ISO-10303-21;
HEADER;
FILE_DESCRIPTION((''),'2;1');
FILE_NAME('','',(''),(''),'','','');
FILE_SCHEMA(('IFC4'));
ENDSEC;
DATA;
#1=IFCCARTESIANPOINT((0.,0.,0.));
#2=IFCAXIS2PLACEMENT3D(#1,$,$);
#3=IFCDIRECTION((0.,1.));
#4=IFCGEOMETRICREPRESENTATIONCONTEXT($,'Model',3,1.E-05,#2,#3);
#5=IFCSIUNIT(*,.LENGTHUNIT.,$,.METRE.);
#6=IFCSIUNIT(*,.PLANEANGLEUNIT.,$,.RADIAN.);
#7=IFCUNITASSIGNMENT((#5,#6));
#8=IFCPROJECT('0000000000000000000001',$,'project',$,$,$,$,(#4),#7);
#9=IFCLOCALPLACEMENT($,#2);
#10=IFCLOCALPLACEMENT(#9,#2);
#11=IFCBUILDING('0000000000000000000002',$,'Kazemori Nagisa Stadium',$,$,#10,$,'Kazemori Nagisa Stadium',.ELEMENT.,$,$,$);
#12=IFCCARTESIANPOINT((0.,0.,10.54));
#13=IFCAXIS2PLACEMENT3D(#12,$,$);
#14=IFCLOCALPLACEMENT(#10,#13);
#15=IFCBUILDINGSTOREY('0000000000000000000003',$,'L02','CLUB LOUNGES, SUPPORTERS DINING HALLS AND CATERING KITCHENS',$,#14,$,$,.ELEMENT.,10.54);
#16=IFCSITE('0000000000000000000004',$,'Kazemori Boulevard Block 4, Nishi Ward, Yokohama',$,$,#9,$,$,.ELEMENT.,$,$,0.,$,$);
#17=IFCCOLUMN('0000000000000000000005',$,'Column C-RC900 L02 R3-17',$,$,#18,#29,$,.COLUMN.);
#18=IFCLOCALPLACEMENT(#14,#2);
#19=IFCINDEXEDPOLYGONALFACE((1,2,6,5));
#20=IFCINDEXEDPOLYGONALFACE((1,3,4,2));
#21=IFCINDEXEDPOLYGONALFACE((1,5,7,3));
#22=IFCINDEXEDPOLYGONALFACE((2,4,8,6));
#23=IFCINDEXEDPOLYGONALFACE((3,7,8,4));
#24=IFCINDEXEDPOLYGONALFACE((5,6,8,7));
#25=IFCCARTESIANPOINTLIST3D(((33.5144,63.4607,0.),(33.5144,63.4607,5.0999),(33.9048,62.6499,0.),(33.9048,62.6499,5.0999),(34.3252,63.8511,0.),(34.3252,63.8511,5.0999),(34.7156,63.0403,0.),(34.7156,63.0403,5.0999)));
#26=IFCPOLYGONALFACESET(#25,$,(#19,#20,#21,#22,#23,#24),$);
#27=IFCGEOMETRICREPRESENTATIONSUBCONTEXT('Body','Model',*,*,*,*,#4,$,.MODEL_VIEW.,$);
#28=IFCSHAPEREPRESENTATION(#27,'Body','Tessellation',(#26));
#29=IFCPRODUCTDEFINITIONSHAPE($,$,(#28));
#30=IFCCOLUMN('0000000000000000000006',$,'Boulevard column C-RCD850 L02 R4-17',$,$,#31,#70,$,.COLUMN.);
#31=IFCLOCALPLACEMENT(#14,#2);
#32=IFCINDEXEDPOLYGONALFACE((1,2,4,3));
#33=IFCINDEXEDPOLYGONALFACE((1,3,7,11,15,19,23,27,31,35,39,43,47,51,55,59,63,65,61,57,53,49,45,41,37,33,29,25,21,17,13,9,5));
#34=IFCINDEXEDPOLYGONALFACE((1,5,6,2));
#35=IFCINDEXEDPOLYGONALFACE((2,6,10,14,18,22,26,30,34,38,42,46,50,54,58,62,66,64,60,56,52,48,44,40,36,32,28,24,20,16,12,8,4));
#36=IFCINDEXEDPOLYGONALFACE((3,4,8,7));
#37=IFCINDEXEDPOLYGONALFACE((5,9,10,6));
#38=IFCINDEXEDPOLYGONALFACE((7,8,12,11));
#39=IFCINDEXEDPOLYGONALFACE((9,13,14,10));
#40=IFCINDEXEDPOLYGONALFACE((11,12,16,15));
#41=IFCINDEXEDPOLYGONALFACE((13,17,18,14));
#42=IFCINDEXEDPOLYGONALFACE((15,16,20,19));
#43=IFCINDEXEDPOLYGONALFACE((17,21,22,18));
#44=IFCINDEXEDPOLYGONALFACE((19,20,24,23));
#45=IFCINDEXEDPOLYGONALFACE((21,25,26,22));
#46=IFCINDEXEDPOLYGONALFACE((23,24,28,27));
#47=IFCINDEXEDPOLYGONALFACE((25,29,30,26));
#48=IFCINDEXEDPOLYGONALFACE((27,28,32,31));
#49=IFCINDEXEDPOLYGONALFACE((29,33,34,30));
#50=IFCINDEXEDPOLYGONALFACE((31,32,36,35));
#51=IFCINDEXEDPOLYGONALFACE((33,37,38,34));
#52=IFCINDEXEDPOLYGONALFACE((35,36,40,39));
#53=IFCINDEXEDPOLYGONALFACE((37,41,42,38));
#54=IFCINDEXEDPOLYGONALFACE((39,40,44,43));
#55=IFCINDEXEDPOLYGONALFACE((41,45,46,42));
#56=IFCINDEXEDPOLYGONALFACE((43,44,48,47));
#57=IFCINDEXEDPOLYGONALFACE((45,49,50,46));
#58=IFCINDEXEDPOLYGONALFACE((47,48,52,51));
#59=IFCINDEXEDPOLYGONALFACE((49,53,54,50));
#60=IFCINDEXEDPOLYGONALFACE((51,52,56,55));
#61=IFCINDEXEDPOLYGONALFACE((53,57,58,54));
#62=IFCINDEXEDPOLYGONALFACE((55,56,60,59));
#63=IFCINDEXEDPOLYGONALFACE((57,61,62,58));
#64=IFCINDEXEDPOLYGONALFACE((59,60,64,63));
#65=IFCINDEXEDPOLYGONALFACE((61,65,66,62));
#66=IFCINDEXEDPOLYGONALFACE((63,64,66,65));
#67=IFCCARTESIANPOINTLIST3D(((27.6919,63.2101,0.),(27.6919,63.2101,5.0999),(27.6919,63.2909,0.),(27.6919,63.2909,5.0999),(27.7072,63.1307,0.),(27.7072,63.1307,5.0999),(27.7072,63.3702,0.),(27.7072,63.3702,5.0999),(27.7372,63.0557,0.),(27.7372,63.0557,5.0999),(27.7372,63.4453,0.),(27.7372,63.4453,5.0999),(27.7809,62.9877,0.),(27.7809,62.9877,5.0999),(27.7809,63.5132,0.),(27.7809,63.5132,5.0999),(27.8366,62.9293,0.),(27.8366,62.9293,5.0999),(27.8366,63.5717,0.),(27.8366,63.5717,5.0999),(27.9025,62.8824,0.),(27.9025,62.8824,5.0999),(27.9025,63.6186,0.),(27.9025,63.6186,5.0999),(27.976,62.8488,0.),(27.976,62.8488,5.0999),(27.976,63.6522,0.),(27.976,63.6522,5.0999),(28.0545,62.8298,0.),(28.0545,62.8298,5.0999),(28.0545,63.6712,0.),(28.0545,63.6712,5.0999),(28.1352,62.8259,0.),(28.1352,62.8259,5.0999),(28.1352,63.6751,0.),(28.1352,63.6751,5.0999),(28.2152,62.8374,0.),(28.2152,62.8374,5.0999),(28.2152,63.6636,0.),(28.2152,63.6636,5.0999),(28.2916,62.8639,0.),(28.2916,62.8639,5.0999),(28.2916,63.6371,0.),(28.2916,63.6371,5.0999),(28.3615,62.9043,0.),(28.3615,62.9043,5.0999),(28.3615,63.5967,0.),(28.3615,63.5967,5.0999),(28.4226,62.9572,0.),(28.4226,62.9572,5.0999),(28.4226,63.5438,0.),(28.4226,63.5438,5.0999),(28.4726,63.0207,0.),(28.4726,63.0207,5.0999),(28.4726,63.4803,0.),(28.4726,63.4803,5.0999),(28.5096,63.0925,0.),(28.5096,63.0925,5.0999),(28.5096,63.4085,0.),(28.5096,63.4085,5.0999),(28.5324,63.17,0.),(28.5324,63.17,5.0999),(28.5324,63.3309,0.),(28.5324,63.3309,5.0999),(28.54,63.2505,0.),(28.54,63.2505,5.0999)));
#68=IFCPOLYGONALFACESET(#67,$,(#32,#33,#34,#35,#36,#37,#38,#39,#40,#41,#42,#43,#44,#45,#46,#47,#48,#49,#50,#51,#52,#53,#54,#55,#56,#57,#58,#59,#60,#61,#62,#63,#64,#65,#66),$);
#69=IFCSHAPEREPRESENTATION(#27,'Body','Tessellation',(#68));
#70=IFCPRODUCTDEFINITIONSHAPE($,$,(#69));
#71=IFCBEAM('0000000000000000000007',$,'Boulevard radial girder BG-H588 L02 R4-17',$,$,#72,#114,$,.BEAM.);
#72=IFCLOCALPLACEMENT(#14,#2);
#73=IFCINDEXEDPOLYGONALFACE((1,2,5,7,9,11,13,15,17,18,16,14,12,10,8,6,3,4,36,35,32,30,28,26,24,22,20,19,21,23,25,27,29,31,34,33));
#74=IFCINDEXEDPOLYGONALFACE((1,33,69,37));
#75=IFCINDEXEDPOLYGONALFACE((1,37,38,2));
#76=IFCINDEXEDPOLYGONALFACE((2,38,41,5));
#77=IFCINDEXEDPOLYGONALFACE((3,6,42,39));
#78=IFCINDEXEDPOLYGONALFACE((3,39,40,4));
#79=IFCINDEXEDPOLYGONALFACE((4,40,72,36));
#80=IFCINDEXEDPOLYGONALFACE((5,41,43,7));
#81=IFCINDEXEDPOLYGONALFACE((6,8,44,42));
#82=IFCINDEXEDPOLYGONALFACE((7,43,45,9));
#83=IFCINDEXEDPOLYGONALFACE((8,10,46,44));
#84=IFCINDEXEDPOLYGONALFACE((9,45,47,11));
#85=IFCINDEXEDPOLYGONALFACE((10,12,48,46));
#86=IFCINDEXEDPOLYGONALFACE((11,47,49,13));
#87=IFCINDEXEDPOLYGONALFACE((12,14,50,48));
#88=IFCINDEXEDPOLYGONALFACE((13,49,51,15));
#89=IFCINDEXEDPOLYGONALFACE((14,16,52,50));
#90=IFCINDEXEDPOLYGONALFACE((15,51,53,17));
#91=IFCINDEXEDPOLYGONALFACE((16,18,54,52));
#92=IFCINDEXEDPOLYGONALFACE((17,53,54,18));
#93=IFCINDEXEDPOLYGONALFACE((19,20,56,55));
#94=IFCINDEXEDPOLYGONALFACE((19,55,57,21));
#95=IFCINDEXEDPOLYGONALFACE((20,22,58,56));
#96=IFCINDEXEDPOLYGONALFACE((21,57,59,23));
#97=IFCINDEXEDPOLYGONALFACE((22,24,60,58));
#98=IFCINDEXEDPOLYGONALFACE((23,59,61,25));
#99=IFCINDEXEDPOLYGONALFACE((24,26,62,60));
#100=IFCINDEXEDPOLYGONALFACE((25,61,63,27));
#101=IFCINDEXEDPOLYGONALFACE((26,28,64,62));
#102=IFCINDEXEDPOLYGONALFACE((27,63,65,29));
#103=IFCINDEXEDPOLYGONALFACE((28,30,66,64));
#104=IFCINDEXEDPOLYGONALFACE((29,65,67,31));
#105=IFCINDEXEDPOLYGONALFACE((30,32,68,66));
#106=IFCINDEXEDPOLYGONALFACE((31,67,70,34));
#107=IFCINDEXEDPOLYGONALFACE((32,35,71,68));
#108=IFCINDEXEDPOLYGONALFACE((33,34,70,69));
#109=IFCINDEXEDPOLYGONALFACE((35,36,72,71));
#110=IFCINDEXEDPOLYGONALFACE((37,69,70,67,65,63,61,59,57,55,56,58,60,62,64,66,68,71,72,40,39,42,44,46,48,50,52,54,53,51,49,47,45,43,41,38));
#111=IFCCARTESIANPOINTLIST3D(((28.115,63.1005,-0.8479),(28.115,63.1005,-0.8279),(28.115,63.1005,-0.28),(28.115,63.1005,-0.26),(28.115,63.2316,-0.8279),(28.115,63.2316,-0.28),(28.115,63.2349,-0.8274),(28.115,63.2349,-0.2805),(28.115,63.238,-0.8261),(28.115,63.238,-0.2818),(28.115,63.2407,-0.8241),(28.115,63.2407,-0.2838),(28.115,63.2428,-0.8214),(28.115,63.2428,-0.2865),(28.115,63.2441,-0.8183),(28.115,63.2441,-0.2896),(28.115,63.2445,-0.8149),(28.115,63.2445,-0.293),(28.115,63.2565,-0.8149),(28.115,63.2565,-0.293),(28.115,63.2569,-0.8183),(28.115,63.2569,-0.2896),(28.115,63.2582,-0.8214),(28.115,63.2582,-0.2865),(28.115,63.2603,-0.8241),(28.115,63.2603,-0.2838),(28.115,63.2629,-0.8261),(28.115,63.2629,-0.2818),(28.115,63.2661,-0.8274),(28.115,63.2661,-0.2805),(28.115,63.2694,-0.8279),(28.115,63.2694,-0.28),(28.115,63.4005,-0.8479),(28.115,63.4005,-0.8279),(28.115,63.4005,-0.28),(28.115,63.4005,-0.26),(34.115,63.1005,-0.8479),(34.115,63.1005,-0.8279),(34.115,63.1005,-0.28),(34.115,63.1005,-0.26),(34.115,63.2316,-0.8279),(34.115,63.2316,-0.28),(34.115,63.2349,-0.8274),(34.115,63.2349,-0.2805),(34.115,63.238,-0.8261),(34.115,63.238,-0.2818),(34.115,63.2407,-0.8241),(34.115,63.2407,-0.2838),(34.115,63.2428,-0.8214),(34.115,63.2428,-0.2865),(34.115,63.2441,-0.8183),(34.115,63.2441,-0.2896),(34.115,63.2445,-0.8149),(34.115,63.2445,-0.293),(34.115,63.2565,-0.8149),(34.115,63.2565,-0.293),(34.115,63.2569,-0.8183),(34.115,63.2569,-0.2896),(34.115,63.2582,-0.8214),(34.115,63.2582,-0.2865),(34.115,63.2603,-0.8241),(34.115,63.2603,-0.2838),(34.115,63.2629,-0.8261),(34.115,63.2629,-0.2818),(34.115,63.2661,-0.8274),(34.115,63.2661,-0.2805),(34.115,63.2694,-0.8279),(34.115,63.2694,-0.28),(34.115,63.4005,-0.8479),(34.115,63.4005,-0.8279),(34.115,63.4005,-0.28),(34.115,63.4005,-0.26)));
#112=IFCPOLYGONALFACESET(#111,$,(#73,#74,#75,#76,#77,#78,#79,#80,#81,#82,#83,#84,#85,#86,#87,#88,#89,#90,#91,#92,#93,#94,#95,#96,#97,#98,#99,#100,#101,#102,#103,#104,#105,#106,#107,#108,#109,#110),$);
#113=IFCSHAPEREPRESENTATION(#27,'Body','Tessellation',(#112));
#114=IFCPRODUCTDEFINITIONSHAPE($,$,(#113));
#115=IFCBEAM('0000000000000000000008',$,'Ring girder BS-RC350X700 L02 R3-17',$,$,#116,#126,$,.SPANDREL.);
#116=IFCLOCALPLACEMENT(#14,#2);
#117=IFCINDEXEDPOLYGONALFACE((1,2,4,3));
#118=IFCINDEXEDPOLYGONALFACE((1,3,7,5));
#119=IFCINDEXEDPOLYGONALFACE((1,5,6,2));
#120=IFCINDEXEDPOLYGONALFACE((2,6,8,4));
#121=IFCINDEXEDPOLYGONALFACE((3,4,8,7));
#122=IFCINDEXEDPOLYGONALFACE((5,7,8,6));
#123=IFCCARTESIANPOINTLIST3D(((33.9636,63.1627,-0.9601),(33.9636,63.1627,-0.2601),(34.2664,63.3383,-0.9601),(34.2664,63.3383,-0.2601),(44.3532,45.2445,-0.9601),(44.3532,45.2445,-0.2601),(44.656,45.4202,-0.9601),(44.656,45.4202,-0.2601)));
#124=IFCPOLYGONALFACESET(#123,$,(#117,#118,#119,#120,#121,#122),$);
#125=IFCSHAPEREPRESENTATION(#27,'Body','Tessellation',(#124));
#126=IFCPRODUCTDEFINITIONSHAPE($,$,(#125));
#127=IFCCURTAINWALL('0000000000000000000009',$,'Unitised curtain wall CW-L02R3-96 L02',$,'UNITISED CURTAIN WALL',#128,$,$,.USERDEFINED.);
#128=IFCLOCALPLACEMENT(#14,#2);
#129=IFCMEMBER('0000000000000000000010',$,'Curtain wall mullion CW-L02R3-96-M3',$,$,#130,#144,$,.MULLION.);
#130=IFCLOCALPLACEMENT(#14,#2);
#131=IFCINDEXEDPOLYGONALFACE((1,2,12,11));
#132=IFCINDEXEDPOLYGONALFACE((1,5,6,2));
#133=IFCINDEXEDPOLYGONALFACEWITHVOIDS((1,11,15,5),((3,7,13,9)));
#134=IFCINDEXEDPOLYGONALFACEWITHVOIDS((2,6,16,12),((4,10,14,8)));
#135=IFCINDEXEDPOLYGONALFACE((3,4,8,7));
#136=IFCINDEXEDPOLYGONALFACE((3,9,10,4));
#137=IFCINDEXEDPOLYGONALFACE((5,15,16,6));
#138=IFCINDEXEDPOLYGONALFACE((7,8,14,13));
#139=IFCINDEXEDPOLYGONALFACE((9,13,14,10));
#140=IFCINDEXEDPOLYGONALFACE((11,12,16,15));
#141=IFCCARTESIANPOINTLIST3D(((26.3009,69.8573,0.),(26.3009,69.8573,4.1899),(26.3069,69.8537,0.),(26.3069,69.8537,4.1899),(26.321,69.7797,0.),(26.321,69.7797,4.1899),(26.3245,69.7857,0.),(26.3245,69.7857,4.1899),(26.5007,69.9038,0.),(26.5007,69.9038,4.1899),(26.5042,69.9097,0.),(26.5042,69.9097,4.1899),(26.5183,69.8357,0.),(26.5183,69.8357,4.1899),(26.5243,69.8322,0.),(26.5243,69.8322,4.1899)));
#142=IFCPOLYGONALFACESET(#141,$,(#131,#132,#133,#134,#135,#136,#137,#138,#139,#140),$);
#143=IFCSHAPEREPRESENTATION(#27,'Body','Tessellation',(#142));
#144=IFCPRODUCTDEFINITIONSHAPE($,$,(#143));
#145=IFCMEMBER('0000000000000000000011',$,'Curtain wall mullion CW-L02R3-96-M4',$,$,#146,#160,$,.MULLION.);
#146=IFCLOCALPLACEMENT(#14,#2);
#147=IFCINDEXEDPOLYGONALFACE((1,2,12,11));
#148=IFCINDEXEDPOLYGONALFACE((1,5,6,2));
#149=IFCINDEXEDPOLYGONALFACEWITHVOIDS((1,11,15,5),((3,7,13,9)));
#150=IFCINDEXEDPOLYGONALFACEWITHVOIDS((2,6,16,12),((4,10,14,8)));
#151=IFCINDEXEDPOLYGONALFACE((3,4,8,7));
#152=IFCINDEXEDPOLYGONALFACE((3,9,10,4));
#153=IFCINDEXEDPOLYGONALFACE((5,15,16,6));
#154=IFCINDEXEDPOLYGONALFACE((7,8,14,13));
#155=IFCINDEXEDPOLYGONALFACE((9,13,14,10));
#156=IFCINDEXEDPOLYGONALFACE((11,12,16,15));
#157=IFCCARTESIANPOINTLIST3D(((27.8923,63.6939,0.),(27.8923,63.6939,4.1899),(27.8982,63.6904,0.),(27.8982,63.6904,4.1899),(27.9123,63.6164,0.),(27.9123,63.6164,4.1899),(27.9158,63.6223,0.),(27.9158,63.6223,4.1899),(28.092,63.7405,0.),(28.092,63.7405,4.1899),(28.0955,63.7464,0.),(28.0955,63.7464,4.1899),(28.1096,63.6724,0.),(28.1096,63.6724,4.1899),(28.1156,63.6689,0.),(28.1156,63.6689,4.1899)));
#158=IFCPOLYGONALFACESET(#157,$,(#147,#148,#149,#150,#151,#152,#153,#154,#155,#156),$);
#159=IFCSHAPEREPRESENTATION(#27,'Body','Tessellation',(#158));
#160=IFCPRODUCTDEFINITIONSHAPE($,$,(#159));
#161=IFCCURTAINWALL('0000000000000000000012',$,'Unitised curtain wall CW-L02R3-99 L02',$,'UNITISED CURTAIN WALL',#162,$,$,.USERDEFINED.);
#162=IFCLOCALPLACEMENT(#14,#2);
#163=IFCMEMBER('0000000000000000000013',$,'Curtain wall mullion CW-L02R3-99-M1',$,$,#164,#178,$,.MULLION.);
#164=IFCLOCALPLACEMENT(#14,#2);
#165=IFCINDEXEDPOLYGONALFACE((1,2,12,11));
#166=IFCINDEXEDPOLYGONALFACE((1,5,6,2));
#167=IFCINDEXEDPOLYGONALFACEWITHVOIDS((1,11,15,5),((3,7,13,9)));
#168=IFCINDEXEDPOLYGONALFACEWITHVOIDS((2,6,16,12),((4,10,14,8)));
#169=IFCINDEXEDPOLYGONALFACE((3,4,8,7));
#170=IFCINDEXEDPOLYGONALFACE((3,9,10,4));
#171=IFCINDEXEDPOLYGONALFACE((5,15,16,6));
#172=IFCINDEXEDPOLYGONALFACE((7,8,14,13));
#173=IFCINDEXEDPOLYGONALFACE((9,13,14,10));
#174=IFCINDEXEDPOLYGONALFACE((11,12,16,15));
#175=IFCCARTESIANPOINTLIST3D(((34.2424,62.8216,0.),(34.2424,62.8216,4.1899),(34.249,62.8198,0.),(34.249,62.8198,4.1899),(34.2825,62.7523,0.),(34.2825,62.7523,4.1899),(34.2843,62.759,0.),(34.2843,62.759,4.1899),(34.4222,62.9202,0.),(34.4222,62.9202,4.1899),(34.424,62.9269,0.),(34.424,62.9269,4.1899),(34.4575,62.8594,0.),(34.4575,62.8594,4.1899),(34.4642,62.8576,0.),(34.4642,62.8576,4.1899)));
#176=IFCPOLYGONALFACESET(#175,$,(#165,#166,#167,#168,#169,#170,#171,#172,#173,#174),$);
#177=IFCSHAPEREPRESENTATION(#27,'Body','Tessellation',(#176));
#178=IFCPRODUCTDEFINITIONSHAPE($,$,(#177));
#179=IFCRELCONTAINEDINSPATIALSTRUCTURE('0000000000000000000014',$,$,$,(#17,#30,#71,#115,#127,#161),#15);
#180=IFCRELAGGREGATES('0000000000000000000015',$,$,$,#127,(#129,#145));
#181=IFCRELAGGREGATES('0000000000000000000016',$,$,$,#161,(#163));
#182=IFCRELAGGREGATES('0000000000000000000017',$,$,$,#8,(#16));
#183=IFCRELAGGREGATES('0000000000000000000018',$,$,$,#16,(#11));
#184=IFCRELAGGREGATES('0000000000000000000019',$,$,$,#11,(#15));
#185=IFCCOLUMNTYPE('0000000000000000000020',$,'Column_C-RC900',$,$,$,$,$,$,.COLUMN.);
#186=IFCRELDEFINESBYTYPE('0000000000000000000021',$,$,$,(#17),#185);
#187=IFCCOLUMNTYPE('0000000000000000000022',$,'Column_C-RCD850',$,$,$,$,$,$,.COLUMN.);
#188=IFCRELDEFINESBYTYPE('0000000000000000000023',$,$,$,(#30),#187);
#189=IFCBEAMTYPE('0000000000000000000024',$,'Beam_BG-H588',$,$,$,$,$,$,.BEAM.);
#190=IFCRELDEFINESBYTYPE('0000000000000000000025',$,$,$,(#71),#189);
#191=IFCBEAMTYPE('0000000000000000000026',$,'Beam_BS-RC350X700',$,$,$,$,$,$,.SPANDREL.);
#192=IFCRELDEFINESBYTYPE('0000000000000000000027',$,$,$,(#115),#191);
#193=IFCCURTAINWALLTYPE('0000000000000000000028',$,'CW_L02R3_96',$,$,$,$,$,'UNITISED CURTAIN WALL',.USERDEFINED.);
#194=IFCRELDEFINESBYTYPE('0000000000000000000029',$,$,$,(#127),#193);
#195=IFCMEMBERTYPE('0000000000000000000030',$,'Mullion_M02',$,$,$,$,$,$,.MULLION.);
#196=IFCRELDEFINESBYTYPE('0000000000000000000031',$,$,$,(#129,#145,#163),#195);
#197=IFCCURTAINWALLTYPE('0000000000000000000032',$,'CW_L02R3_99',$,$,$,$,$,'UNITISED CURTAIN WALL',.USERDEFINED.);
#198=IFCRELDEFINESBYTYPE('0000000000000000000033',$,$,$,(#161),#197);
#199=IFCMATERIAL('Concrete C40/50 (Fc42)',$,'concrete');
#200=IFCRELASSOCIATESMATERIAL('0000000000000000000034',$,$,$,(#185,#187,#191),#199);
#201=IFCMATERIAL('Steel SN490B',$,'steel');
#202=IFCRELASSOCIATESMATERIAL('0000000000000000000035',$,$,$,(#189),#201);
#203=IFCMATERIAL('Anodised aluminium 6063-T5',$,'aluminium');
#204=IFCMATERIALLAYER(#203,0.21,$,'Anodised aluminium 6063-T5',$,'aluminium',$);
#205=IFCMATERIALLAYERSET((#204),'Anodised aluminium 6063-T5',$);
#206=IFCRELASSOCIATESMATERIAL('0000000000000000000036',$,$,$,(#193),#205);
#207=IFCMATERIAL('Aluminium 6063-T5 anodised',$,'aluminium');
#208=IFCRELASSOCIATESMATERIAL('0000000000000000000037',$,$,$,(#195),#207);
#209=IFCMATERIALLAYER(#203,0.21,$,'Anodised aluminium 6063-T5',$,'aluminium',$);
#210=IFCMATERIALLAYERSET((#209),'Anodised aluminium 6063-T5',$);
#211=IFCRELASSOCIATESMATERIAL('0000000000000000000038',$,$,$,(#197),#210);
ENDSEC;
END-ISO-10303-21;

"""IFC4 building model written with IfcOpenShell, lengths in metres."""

from ifc_helpers import new_model, si_unit, direction, frame, origin, origin_2d, place, context, subcontext, project, spatial, rectangle, hollow_rectangle, circle, i_section, extrude, material, layer, layer_set, material_profile, profile_set, type_object, element, aggregate, save


model = new_model("IFC4")

# Units and contexts
model_context = context("Model", 3, precision=1e-05, world=origin(), true_north=direction((0.0, 1.0)))
body_context = subcontext(model_context, "Body", "Model", "MODEL_VIEW")
ifc_project = project(units=[si_unit("LENGTHUNIT", "METRE"), si_unit("PLANEANGLEUNIT", "RADIAN")], contexts=[model_context])

# Site, building, storey
site_placement = place(None, origin())
site = spatial("IfcSite", under=ifc_project, at=site_placement, Name="Kazemori Boulevard Block 4, Nishi Ward, Yokohama", CompositionType="ELEMENT", RefElevation=0.0)
building_placement = place(site_placement, origin())
building = spatial("IfcBuilding", under=site, at=building_placement, Name="Kazemori Nagisa Stadium", LongName="Kazemori Nagisa Stadium", CompositionType="ELEMENT")
storey_placement = place(building_placement, frame((0.0, 0.0, 10.54)))
storey = spatial("IfcBuildingStorey", under=building, at=storey_placement, Name="L02", Description="CLUB LOUNGES, SUPPORTERS DINING HALLS AND CATERING KITCHENS", CompositionType="ELEMENT", Elevation=10.54)

# Columns
ifc_material_1 = material(Name="Concrete C40/50 (Fc42)", Category="concrete")
ifc_material_profile_1 = material_profile(ifc_material_1, rectangle(XDim=0.8999, YDim=0.8999, at=origin_2d()), Name="RC-COL-900x900")
ifc_profile_set_1 = profile_set([ifc_material_profile_1], Name="Concrete C40/50 (Fc42)")
column_type_1 = type_object("IfcColumnType", Name="Column_C-RC900", PredefinedType="COLUMN", material=ifc_profile_set_1)
column_1_placement = place(storey_placement, frame((34.115, 63.2505, 0.0), z_axis=(0.0, 0.0, 1.0), x_axis=(-0.900969, -0.433884, 0.0)))
element("IfcColumn", 1, at=column_1_placement, inside=storey, type_object=column_type_1, Name="Column C-RC900 L02 R3-17", PredefinedType="COLUMN", context=body_context, shape_type="SweptSolid", body=[
    extrude(rectangle(XDim=0.8999, YDim=0.8999, at=origin_2d()), origin(), (0.0, 0.0, 1.0), 5.0999),
])
ifc_material_profile_2 = material_profile(ifc_material_1, circle(Radius=0.425, at=origin_2d()), Name="RC-COL-D850")
ifc_profile_set_2 = profile_set([ifc_material_profile_2], Name="Concrete C40/50 (Fc42)")
column_type_2 = type_object("IfcColumnType", Name="Column_C-RCD850", PredefinedType="COLUMN", material=ifc_profile_set_2)
column_2_placement = place(storey_placement, frame((28.115, 63.2505, 0.0), z_axis=(0.0, 0.0, 1.0), x_axis=(1.0, 0.0, 0.0)))
element("IfcColumn", 2, at=column_2_placement, inside=storey, type_object=column_type_2, Name="Boulevard column C-RCD850 L02 R4-17", PredefinedType="COLUMN", context=body_context, shape_type="SweptSolid", body=[
    extrude(circle(Radius=0.425, at=origin_2d()), origin(), (0.0, 0.0, 1.0), 5.0999),
])

# Beams
ifc_material_2 = material(Name="Steel SN490B", Category="steel")
ifc_material_profile_3 = material_profile(ifc_material_2, i_section(OverallWidth=0.3, OverallDepth=0.5879, WebThickness=0.012, FlangeThickness=0.02, FilletRadius=0.0129, at=origin_2d()), Name="H-588x300x12x20")
ifc_profile_set_3 = profile_set([ifc_material_profile_3], Name="Steel SN490B")
beam_type_1 = type_object("IfcBeamType", Name="Beam_BG-H588", PredefinedType="BEAM", material=ifc_profile_set_3)
beam_1_placement = place(storey_placement, frame((34.115, 63.2505, -0.554), z_axis=(-1.0, 0.0, 0.0), x_axis=(0.0, -1.0, 0.0)))
element("IfcBeam", 3, at=beam_1_placement, inside=storey, type_object=beam_type_1, Name="Boulevard radial girder BG-H588 L02 R4-17", PredefinedType="BEAM", context=body_context, shape_type="SweptSolid", body=[
    extrude(i_section(OverallWidth=0.3, OverallDepth=0.5879, WebThickness=0.012, FlangeThickness=0.02, FilletRadius=0.0129, at=origin_2d()), origin(), (0.0, 0.0, 1.0), 6.0),
])
ifc_material_profile_4 = material_profile(ifc_material_1, rectangle(XDim=0.3501, YDim=0.7, at=origin_2d()), Name="RC-SP-350x700")
ifc_profile_set_4 = profile_set([ifc_material_profile_4], Name="Concrete C40/50 (Fc42)")
beam_type_2 = type_object("IfcBeamType", Name="Beam_BS-RC350X700", PredefinedType="SPANDREL", material=ifc_profile_set_4)
beam_2_placement = place(storey_placement, frame((34.115, 63.2505, -0.6101), z_axis=(0.501613, -0.865092, 0.0), x_axis=(0.865092, 0.501613, 0.0)))
element("IfcBeam", 4, at=beam_2_placement, inside=storey, type_object=beam_type_2, Name="Ring girder BS-RC350X700 L02 R3-17", PredefinedType="SPANDREL", context=body_context, shape_type="SweptSolid", body=[
    extrude(rectangle(XDim=0.3501, YDim=0.7, at=origin_2d()), origin(), (0.0, 0.0, 1.0), 20.7124),
])

# Curtain walls, members
ifc_material_3 = material(Name="Anodised aluminium 6063-T5", Category="aluminium")
ifc_layer_1 = layer(ifc_material_3, 0.21, Name="Anodised aluminium 6063-T5", Category="aluminium")
ifc_layer_set_1 = layer_set([ifc_layer_1], Name="Anodised aluminium 6063-T5")
curtain_wall_type_1 = type_object("IfcCurtainWallType", Name="CW_L02R3_96", ElementType="UNITISED CURTAIN WALL", PredefinedType="USERDEFINED", material=ifc_layer_set_1)
curtain_wall_1_placement = place(storey_placement, origin())
curtain_wall_1 = element("IfcCurtainWall", 5, at=curtain_wall_1_placement, inside=storey, type_object=curtain_wall_type_1, Name="Unitised curtain wall CW-L02R3-96 L02", ObjectType="UNITISED CURTAIN WALL", PredefinedType="USERDEFINED")
ifc_material_4 = material(Name="Aluminium 6063-T5 anodised", Category="aluminium")
ifc_material_profile_5 = material_profile(ifc_material_4, hollow_rectangle(XDim=0.0801, YDim=0.21, WallThickness=0.0049, at=origin_2d()), Name="ALU-MULL-80x210x5")
ifc_profile_set_5 = profile_set([ifc_material_profile_5], Name="Aluminium 6063-T5 anodised")
member_type_1 = type_object("IfcMemberType", Name="Mullion_M02", PredefinedType="MULLION", material=ifc_profile_set_5)
member_1_placement = place(storey_placement, frame((26.4126, 69.8447, 0.0), z_axis=(0.0, 0.0, 1.0), x_axis=(0.249965, -0.968255, 0.0)))
member_1 = element("IfcMember", 6, at=member_1_placement, type_object=member_type_1, Name="Curtain wall mullion CW-L02R3-96-M3", PredefinedType="MULLION", context=body_context, shape_type="SweptSolid", body=[
    extrude(hollow_rectangle(XDim=0.0801, YDim=0.21, WallThickness=0.0049, at=origin_2d()), origin(), (0.0, 0.0, 1.0), 4.1899),
])
member_2_placement = place(storey_placement, frame((28.0039, 63.6814, 0.0), z_axis=(0.0, 0.0, 1.0), x_axis=(0.249965, -0.968255, 0.0)))
member_2 = element("IfcMember", 7, at=member_2_placement, type_object=member_type_1, Name="Curtain wall mullion CW-L02R3-96-M4", PredefinedType="MULLION", context=body_context, shape_type="SweptSolid", body=[
    extrude(hollow_rectangle(XDim=0.0801, YDim=0.21, WallThickness=0.0049, at=origin_2d()), origin(), (0.0, 0.0, 1.0), 4.1899),
])
ifc_layer_2 = layer(ifc_material_3, 0.21, Name="Anodised aluminium 6063-T5", Category="aluminium")
ifc_layer_set_2 = layer_set([ifc_layer_2], Name="Anodised aluminium 6063-T5")
curtain_wall_type_2 = type_object("IfcCurtainWallType", Name="CW_L02R3_99", ElementType="UNITISED CURTAIN WALL", PredefinedType="USERDEFINED", material=ifc_layer_set_2)
curtain_wall_2_placement = place(storey_placement, origin())
curtain_wall_2 = element("IfcCurtainWall", 8, at=curtain_wall_2_placement, inside=storey, type_object=curtain_wall_type_2, Name="Unitised curtain wall CW-L02R3-99 L02", ObjectType="UNITISED CURTAIN WALL", PredefinedType="USERDEFINED")
member_3_placement = place(storey_placement, frame((34.3533, 62.8396, 0.0), z_axis=(0.0, 0.0, 1.0), x_axis=(0.501612, -0.865093, 0.0)))
member_3 = element("IfcMember", 9, at=member_3_placement, type_object=member_type_1, Name="Curtain wall mullion CW-L02R3-99-M1", PredefinedType="MULLION", context=body_context, shape_type="SweptSolid", body=[
    extrude(hollow_rectangle(XDim=0.0801, YDim=0.21, WallThickness=0.0049, at=origin_2d()), origin(), (0.0, 0.0, 1.0), 4.1899),
])

aggregate(curtain_wall_1, [member_1, member_2])
aggregate(curtain_wall_2, [member_3])

save(model, "model.ifc")
